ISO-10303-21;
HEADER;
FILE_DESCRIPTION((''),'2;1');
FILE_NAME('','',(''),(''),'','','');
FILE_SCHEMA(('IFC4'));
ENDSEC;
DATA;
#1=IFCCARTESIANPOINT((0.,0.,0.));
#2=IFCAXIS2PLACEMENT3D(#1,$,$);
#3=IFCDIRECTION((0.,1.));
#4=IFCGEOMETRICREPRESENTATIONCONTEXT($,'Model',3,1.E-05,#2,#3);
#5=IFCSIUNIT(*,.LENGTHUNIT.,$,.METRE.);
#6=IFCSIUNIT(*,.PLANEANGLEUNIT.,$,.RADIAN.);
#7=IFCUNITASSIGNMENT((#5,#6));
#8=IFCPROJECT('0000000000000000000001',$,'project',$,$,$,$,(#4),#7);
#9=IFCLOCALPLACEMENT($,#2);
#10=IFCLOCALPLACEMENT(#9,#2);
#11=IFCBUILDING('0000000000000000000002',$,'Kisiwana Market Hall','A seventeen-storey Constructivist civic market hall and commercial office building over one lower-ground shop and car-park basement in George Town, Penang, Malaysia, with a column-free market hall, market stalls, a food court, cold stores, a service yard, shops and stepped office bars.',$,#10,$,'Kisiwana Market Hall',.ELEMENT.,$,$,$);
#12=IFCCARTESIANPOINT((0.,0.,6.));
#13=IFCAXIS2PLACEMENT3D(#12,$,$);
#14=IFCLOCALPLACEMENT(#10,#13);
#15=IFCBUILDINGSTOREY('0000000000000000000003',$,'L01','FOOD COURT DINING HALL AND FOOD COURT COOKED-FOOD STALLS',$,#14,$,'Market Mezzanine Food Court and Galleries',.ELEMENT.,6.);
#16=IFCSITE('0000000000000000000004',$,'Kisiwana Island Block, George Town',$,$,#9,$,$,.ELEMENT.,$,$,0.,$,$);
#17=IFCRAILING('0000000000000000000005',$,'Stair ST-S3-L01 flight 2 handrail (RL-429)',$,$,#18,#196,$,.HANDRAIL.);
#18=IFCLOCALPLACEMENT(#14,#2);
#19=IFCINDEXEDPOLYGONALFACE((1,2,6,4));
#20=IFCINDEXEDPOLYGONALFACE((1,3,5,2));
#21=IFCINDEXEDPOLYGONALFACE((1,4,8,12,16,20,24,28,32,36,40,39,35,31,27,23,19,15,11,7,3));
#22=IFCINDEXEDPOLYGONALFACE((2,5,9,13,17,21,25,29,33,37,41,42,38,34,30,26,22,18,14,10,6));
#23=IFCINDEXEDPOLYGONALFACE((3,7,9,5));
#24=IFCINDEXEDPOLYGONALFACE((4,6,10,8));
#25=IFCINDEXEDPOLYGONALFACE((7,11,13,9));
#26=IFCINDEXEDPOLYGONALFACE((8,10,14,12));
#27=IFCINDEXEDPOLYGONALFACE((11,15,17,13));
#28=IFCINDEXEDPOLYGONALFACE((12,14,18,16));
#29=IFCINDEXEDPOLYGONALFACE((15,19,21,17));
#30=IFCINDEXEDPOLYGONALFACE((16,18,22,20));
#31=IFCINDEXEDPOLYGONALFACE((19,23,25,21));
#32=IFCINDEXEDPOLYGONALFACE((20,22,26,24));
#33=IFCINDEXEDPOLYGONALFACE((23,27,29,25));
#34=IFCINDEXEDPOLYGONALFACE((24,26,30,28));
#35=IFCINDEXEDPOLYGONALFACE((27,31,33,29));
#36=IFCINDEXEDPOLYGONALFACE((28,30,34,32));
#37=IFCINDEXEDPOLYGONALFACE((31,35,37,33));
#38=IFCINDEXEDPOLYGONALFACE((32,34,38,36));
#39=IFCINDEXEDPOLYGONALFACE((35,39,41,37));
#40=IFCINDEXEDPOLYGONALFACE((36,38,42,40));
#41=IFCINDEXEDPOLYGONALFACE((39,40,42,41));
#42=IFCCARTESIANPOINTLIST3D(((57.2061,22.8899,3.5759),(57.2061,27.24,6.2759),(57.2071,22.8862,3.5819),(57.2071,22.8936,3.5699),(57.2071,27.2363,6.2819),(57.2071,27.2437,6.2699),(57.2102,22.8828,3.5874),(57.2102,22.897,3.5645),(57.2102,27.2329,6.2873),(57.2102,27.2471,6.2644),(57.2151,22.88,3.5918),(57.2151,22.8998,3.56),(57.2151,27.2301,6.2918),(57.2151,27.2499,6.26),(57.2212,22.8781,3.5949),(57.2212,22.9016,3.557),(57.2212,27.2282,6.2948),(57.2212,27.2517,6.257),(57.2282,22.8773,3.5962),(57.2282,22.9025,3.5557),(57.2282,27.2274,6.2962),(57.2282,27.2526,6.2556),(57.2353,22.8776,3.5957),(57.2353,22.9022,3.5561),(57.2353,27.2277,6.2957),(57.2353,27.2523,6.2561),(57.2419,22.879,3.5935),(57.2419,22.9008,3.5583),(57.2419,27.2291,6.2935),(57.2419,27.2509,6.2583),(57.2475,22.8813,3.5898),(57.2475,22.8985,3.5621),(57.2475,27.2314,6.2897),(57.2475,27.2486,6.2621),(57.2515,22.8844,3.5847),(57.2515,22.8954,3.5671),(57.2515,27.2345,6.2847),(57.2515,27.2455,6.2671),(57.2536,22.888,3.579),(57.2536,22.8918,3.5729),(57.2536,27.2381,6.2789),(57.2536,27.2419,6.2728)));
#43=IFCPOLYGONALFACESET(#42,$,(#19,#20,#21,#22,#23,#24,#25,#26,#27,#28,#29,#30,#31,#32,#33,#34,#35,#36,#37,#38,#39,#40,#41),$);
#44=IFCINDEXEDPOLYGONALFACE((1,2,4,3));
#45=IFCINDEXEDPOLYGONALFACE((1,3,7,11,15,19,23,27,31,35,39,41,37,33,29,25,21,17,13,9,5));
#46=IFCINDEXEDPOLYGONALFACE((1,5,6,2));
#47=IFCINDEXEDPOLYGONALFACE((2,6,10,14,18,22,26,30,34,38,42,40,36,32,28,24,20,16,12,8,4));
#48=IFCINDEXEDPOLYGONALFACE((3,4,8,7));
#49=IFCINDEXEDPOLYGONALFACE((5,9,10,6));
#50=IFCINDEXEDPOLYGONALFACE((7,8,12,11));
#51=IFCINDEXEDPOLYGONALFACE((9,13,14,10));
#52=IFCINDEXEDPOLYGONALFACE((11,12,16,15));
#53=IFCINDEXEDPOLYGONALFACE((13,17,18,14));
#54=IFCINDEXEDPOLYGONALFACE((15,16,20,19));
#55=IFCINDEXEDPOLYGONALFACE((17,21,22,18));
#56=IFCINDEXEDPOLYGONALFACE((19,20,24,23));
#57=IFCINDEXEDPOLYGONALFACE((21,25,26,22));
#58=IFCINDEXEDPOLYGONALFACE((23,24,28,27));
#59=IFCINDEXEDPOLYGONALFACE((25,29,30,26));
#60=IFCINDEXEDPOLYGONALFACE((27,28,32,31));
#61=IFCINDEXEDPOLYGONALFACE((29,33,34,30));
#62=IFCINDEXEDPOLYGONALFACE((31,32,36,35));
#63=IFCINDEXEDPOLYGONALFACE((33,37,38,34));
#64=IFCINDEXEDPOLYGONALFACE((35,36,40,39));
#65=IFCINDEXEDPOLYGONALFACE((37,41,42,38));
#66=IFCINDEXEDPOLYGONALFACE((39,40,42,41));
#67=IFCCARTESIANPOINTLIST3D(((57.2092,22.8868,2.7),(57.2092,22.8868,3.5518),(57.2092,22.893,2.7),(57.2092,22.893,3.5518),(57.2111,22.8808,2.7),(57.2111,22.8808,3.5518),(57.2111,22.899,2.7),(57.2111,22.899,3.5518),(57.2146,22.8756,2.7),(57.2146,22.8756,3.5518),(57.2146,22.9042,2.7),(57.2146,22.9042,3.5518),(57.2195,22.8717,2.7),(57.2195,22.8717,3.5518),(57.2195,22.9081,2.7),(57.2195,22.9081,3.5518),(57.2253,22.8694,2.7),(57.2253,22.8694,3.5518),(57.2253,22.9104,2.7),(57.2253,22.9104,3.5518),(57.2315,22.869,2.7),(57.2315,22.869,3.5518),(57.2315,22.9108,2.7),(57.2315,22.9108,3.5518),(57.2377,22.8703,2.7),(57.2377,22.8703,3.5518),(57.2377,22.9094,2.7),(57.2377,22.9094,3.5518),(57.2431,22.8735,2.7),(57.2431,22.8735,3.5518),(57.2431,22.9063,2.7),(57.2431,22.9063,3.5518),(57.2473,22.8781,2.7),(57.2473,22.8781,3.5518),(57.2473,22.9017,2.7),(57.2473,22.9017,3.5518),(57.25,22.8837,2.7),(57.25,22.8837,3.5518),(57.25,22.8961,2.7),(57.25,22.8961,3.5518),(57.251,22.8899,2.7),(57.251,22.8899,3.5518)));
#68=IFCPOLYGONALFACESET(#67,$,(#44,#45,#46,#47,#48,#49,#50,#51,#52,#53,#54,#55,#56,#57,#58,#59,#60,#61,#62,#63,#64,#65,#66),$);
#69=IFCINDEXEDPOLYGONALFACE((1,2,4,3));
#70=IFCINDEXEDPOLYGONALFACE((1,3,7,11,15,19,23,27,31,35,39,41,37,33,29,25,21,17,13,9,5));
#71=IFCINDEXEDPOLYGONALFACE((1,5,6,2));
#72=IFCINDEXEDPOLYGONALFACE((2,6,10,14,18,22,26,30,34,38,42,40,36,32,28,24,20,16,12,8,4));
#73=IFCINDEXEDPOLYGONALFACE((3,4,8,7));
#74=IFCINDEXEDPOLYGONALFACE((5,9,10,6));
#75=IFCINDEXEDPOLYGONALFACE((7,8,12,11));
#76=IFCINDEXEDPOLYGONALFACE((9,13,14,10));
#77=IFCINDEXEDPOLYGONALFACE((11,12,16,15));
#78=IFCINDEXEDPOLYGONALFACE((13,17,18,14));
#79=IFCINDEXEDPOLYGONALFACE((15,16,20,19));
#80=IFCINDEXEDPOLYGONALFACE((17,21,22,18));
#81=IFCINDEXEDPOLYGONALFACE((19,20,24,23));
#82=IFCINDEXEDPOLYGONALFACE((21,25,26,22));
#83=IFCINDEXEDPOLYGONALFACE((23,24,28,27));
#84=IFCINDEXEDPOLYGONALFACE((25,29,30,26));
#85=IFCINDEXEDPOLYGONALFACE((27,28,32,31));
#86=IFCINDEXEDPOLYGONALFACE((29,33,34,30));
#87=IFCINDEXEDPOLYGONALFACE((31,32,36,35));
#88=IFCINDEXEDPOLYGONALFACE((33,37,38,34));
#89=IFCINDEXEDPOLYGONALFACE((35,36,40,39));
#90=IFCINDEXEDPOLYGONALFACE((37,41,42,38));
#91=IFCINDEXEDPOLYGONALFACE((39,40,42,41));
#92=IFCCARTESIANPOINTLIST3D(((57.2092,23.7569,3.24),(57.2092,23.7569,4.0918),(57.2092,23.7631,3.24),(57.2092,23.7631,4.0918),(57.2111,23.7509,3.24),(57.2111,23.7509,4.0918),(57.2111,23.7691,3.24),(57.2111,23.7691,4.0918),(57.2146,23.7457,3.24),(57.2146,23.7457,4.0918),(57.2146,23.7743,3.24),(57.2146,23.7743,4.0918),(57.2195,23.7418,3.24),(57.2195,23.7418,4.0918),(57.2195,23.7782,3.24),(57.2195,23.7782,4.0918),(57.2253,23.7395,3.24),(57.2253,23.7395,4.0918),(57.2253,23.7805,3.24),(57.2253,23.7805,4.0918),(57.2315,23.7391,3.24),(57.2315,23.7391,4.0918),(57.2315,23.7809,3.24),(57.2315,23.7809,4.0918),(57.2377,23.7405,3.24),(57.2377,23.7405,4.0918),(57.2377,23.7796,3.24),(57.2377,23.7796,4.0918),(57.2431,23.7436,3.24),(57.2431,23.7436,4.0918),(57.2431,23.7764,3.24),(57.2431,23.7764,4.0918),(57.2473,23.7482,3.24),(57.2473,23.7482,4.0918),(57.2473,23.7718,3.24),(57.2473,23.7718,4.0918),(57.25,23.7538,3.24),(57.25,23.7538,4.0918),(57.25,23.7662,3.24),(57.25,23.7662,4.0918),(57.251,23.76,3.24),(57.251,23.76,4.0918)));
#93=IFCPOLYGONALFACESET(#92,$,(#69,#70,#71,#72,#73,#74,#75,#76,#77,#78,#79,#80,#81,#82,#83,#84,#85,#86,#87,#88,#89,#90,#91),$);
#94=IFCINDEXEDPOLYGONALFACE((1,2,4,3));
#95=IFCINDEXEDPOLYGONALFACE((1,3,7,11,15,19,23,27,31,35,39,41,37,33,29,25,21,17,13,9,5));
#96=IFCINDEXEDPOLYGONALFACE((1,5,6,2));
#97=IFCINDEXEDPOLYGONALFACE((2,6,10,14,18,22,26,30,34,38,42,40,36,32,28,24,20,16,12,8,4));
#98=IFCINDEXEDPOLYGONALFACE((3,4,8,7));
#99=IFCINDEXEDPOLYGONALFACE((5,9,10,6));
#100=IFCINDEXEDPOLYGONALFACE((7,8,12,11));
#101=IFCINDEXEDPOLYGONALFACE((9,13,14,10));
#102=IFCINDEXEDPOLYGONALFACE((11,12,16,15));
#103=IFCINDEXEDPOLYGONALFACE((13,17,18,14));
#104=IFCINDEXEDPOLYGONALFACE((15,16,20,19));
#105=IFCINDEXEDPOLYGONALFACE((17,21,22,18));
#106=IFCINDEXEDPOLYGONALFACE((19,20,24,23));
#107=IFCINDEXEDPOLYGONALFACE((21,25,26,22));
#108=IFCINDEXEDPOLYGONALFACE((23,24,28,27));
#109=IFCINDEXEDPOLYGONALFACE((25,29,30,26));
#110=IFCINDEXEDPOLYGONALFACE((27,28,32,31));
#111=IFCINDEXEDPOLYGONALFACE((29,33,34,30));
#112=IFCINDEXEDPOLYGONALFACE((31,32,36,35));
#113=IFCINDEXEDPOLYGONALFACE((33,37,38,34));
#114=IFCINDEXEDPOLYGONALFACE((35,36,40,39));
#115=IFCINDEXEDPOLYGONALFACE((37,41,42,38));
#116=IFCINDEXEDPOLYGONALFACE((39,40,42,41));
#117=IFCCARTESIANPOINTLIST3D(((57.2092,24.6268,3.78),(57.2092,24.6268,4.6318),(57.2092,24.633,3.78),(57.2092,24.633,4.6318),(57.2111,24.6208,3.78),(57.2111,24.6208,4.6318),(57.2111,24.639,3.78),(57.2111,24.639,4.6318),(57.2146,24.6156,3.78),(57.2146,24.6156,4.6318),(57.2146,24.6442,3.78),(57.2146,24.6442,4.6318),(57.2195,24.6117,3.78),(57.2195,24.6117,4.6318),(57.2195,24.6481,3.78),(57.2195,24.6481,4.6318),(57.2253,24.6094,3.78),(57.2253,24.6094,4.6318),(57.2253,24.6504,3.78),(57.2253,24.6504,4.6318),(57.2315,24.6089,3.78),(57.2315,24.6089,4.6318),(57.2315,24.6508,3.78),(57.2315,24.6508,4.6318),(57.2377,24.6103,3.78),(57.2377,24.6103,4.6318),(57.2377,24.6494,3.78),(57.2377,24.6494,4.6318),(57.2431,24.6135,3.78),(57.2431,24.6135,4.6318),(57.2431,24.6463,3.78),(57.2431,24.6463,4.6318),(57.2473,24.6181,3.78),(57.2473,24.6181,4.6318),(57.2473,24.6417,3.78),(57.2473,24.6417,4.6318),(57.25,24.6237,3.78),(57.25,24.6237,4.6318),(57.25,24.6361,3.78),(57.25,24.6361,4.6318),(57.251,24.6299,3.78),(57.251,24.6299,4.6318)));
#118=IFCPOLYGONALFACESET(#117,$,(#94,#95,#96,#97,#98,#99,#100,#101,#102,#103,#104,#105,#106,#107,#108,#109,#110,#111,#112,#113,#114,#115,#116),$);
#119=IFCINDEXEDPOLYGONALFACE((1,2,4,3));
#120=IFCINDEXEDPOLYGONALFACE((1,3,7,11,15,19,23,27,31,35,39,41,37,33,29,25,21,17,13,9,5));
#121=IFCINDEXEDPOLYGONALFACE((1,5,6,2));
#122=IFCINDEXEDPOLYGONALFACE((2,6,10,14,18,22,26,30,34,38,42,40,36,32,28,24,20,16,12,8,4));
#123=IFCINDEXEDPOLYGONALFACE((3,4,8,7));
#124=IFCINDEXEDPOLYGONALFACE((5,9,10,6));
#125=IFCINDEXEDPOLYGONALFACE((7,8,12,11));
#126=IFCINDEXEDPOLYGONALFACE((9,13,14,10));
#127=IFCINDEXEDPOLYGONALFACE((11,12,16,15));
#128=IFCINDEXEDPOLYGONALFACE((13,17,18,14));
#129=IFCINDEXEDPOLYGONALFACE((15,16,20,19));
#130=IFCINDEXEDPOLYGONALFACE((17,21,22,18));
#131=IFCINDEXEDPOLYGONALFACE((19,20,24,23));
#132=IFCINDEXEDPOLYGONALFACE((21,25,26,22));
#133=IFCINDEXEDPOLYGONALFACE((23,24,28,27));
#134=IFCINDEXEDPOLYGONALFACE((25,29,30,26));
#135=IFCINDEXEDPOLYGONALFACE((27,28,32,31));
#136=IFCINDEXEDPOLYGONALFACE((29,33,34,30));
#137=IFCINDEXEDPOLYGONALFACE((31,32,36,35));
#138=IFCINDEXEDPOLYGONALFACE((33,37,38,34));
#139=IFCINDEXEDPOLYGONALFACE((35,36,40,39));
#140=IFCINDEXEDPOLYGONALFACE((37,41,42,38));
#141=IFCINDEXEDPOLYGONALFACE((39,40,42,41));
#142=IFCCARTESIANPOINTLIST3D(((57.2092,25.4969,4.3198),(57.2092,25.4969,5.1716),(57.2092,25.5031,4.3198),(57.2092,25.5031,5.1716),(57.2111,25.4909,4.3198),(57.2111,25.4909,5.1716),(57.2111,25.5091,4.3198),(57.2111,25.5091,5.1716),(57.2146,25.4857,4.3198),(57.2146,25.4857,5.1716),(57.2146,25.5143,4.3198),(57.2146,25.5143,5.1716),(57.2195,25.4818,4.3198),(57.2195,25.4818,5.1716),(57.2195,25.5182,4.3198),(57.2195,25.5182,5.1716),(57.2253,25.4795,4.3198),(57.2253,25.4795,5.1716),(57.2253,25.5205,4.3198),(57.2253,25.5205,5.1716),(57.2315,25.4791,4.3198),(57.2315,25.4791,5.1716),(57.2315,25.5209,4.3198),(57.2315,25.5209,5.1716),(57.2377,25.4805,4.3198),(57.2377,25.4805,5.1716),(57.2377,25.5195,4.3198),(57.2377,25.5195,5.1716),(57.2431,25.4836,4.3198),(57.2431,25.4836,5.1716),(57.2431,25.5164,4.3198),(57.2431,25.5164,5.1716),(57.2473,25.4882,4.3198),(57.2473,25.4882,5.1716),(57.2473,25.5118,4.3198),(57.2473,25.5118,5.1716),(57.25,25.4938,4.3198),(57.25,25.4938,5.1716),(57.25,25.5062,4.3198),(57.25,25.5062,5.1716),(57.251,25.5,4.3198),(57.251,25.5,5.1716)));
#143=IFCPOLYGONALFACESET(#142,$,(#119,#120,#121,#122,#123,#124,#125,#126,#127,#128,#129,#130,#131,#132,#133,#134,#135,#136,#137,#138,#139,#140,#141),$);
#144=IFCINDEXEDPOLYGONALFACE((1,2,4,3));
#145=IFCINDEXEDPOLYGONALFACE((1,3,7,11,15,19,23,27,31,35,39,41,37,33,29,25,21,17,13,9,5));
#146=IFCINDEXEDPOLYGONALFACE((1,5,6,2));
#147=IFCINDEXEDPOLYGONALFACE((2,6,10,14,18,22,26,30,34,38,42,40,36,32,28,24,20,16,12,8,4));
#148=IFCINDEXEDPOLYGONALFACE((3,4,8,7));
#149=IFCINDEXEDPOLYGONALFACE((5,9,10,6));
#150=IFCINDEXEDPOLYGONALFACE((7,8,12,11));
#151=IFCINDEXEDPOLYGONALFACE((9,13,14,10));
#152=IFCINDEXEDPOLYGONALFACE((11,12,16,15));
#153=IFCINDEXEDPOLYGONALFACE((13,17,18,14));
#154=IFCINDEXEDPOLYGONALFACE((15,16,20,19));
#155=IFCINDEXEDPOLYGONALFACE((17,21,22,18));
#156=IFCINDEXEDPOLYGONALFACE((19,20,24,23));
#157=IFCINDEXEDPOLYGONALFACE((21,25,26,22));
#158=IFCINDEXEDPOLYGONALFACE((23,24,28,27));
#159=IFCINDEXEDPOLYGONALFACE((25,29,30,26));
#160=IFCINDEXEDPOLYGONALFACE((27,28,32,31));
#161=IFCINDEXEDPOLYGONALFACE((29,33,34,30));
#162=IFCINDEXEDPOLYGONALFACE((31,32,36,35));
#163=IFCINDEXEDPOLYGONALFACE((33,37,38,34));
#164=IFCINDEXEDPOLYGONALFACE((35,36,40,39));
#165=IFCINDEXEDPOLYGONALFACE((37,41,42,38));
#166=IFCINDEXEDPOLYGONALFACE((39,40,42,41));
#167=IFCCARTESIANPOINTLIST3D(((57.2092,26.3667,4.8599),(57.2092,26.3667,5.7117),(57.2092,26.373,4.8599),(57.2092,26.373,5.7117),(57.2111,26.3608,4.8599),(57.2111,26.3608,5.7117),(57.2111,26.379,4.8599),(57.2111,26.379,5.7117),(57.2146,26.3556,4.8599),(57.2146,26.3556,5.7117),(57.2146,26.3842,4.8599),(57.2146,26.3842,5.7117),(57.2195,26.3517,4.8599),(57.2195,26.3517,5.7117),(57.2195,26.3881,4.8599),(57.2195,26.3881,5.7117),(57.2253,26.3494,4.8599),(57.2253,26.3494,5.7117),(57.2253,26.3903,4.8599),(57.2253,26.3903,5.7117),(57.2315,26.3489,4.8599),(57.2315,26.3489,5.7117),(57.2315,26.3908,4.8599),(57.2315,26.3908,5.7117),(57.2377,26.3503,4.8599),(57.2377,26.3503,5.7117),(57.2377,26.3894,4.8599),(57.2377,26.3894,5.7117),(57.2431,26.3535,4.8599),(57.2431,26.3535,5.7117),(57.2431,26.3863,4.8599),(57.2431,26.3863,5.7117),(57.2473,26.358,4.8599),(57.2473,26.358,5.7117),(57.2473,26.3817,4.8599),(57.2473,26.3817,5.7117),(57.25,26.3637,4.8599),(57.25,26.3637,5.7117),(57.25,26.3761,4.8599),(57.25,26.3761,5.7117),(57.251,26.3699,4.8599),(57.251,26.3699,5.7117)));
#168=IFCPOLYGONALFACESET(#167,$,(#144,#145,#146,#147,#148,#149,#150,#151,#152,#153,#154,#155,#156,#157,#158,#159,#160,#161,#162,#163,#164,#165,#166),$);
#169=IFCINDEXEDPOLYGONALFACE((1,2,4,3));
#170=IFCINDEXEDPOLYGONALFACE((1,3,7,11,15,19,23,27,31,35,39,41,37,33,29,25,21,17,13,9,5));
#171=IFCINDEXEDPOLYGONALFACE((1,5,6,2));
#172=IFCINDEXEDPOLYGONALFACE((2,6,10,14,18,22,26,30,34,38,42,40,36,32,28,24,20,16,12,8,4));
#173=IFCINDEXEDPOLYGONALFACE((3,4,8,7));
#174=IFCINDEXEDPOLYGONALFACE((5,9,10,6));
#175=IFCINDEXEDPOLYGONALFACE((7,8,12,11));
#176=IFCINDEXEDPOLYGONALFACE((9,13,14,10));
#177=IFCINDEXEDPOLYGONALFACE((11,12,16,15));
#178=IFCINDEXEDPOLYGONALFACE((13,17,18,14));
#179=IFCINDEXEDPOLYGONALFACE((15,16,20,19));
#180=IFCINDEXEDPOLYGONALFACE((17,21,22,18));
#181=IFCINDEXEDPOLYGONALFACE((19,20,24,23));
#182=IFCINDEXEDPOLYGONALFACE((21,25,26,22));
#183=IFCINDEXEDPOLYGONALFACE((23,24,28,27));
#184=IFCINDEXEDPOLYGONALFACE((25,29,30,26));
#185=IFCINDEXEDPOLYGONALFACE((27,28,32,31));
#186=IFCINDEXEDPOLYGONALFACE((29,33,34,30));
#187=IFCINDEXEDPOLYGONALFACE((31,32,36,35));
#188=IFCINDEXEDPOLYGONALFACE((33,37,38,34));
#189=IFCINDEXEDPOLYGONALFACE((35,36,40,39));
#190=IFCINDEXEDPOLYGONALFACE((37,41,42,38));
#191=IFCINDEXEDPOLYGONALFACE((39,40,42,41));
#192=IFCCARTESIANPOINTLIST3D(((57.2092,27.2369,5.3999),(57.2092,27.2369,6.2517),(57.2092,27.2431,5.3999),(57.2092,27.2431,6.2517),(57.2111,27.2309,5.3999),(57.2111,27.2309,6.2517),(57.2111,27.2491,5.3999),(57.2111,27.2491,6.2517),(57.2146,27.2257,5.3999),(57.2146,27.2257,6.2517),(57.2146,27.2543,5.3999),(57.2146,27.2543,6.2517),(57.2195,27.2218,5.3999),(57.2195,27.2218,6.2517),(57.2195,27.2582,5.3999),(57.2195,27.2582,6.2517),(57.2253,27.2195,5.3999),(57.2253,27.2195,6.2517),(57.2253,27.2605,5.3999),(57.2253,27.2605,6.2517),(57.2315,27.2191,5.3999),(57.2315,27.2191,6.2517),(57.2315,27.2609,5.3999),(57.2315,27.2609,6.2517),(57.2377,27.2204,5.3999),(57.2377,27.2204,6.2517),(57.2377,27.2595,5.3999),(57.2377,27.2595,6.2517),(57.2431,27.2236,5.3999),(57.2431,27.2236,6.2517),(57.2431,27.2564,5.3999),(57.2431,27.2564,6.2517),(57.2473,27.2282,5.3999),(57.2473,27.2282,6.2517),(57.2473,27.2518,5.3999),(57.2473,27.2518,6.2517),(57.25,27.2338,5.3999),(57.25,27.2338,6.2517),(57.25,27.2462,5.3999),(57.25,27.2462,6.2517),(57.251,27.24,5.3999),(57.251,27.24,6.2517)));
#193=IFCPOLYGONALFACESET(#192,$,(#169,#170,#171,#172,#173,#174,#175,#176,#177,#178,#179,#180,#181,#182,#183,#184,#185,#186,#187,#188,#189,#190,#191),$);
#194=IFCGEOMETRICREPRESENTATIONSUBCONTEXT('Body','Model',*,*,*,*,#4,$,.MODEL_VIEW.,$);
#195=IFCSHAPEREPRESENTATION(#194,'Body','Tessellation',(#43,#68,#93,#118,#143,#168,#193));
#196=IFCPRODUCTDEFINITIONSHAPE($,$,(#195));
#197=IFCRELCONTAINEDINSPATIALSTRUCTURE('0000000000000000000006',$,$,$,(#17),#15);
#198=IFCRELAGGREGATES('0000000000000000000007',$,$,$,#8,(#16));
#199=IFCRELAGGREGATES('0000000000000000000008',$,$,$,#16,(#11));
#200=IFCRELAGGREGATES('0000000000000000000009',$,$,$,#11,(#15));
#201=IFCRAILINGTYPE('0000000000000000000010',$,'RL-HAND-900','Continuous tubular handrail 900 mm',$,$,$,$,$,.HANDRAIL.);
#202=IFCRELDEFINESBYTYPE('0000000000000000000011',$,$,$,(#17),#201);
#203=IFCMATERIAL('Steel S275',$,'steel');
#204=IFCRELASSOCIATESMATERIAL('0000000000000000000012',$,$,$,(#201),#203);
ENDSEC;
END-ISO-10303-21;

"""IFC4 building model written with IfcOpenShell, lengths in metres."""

from ifc_helpers import new_model, si_unit, direction, frame, origin, origin_2d, place, context, subcontext, project, spatial, circle, extrude, material, type_object, element, save


model = new_model("IFC4")

# Units and contexts
model_context = context("Model", 3, precision=1e-05, world=origin(), true_north=direction((0.0, 1.0)))
body_context = subcontext(model_context, "Body", "Model", "MODEL_VIEW")
ifc_project = project(units=[si_unit("LENGTHUNIT", "METRE"), si_unit("PLANEANGLEUNIT", "RADIAN")], contexts=[model_context])

# Site, building, storey
site_placement = place(None, origin())
site = spatial("IfcSite", under=ifc_project, at=site_placement, Name="Kisiwana Island Block, George Town", CompositionType="ELEMENT", RefElevation=0.0)
building_placement = place(site_placement, origin())
building = spatial("IfcBuilding", under=site, at=building_placement, Name="Kisiwana Market Hall", Description="A seventeen-storey Constructivist civic market hall and commercial office building over one lower-ground shop and car-park basement in George Town, Penang, Malaysia, with a column-free market hall, market stalls, a food court, cold stores, a service yard, shops and stepped office bars.", LongName="Kisiwana Market Hall", CompositionType="ELEMENT")
storey_placement = place(building_placement, frame((0.0, 0.0, 6.0)))
storey = spatial("IfcBuildingStorey", under=building, at=storey_placement, Name="L01", Description="FOOD COURT DINING HALL AND FOOD COURT COOKED-FOOD STALLS", LongName="Market Mezzanine Food Court and Galleries", CompositionType="ELEMENT", Elevation=6.0)

# Railing
ifc_material_1 = material(Name="Steel S275", Category="steel")
railing_type_1 = type_object("IfcRailingType", Name="RL-HAND-900", Description="Continuous tubular handrail 900 mm", PredefinedType="HANDRAIL", material=ifc_material_1)
railing_1_placement = place(storey_placement, frame((57.23, 22.8899, 2.7)))
element("IfcRailing", 1, at=railing_1_placement, inside=storey, type_object=railing_type_1, Name="Stair ST-S3-L01 flight 2 handrail (RL-429)", PredefinedType="HANDRAIL", context=body_context, shape_type="SweptSolid", body=[
    extrude(circle(Radius=0.0239, at=origin_2d()), frame((0.0, 0.0, 0.876), z_axis=(0.0, 0.84965, 0.527347), x_axis=(-1.0, 0.0, 0.0)), (0.0, 0.0, 1.0), 5.1199),
    extrude(circle(Radius=0.021, at=origin_2d()), origin(), (0.0, 0.0, 1.0), 0.8518),
    extrude(circle(Radius=0.021, at=origin_2d()), frame((0.0, 0.8701, 0.54)), (0.0, 0.0, 1.0), 0.8518),
    extrude(circle(Radius=0.021, at=origin_2d()), frame((0.0, 1.74, 1.0801)), (0.0, 0.0, 1.0), 0.8518),
    extrude(circle(Radius=0.021, at=origin_2d()), frame((0.0, 2.6101, 1.6199)), (0.0, 0.0, 1.0), 0.8518),
    extrude(circle(Radius=0.021, at=origin_2d()), frame((0.0, 3.48, 2.1599)), (0.0, 0.0, 1.0), 0.8518),
    extrude(circle(Radius=0.021, at=origin_2d()), frame((0.0, 4.3501, 2.7)), (0.0, 0.0, 1.0), 0.8518),
])

save(model, "model.ifc")
